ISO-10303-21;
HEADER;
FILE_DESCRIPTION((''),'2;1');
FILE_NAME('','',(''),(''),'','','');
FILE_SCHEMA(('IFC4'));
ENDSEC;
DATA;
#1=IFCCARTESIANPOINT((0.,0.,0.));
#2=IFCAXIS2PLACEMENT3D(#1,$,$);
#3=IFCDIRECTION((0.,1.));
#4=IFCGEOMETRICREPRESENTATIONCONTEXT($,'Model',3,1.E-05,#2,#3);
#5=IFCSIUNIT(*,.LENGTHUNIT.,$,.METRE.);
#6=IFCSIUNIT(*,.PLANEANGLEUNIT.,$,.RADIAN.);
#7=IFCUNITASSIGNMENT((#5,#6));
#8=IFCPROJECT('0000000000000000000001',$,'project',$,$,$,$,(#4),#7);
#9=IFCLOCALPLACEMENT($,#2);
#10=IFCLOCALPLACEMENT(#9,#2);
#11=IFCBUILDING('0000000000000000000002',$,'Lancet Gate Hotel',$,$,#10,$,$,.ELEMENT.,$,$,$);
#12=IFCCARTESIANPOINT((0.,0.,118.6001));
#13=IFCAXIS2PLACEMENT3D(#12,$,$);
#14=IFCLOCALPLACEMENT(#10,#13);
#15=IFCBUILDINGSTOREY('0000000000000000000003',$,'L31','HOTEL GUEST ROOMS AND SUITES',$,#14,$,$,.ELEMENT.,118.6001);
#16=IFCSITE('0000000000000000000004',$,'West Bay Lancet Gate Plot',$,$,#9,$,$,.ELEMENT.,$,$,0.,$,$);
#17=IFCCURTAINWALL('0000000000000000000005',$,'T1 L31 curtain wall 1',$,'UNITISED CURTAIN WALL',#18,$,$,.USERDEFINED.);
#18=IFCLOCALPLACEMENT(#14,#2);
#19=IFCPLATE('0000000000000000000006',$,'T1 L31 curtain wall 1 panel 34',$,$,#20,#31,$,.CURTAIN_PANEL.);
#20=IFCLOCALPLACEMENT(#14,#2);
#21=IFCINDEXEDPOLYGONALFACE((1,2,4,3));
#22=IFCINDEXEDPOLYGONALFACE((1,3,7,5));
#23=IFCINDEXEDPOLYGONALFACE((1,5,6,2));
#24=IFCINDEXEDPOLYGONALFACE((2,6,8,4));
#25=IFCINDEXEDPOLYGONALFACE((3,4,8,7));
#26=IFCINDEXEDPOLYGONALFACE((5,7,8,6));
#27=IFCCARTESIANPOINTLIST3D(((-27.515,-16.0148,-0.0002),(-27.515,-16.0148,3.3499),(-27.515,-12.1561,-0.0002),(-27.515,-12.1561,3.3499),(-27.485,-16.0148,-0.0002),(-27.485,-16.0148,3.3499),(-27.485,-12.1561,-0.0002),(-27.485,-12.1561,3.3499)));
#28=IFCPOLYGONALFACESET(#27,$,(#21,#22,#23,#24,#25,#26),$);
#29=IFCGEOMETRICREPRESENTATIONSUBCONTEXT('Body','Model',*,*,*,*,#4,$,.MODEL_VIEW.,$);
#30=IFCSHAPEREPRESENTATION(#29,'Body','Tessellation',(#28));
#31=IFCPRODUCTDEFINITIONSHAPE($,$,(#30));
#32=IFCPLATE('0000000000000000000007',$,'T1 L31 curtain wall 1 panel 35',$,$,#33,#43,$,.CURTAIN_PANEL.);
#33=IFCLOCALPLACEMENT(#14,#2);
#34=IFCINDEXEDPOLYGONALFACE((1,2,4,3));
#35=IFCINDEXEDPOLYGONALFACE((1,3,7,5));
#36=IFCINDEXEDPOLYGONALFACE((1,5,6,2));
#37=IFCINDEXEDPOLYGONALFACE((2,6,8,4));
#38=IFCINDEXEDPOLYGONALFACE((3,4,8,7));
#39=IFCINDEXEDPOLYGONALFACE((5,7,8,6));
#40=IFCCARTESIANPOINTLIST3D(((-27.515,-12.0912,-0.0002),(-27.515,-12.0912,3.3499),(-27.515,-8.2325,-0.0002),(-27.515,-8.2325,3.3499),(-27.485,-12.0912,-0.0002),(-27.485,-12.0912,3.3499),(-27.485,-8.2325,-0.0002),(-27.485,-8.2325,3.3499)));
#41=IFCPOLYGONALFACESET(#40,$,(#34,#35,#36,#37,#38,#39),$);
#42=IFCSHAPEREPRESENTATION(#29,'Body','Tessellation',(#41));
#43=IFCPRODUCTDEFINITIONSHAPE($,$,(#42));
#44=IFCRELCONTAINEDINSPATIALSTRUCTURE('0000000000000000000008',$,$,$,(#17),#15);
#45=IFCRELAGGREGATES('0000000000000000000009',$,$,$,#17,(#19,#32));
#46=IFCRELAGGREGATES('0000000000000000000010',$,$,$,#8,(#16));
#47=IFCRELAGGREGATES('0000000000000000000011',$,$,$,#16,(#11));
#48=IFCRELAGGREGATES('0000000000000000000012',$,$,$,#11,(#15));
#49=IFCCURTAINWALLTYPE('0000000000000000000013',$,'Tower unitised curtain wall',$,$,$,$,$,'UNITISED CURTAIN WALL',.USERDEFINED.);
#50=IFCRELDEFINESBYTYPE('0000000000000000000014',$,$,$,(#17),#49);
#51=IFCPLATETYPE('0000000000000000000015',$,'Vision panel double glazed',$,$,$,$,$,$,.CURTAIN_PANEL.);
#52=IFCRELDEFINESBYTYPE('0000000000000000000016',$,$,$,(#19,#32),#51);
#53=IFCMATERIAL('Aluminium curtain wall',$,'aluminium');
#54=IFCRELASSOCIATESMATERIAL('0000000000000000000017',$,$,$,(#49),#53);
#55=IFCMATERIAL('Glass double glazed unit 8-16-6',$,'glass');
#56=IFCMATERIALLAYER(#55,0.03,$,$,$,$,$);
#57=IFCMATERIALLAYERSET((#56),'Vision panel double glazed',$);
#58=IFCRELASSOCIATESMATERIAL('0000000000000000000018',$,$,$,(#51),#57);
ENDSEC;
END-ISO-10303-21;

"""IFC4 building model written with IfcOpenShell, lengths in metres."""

from ifc_helpers import new_model, si_unit, direction, frame, origin, origin_2d, place, context, subcontext, project, spatial, rectangle, extrude, material, layer, layer_set, type_object, element, aggregate, save


model = new_model("IFC4")

# Units and contexts
model_context = context("Model", 3, precision=1e-05, world=origin(), true_north=direction((0.0, 1.0)))
body_context = subcontext(model_context, "Body", "Model", "MODEL_VIEW")
ifc_project = project(units=[si_unit("LENGTHUNIT", "METRE"), si_unit("PLANEANGLEUNIT", "RADIAN")], contexts=[model_context])

# Site, building, storey
site_placement = place(None, origin())
site = spatial("IfcSite", under=ifc_project, at=site_placement, Name="West Bay Lancet Gate Plot", CompositionType="ELEMENT", RefElevation=0.0)
building_placement = place(site_placement, origin())
building = spatial("IfcBuilding", under=site, at=building_placement, Name="Lancet Gate Hotel", CompositionType="ELEMENT")
storey_placement = place(building_placement, frame((0.0, 0.0, 118.6001)))
storey = spatial("IfcBuildingStorey", under=building, at=storey_placement, Name="L31", Description="HOTEL GUEST ROOMS AND SUITES", CompositionType="ELEMENT", Elevation=118.6001)

# Curtain wall
ifc_material_1 = material(Name="Aluminium curtain wall", Category="aluminium")
curtain_wall_type = type_object("IfcCurtainWallType", Name="Tower unitised curtain wall", ElementType="UNITISED CURTAIN WALL", PredefinedType="USERDEFINED", material=ifc_material_1)
curtain_wall_placement = place(storey_placement, origin())
curtain_wall = element("IfcCurtainWall", 1, at=curtain_wall_placement, inside=storey, type_object=curtain_wall_type, Name="T1 L31 curtain wall 1", ObjectType="UNITISED CURTAIN WALL", PredefinedType="USERDEFINED")

# Plates
ifc_material_2 = material(Name="Glass double glazed unit 8-16-6", Category="glass")
ifc_layer = layer(ifc_material_2, 0.03)
ifc_layer_set = layer_set([ifc_layer], Name="Vision panel double glazed")
plate_type = type_object("IfcPlateType", Name="Vision panel double glazed", PredefinedType="CURTAIN_PANEL", material=ifc_layer_set)
plate_1_placement = place(storey_placement, frame((-27.5, -14.0854, -0.0002), z_axis=(0.0, 0.0, 1.0), x_axis=(0.0, 1.0, 0.0)))
plate_1 = element("IfcPlate", 2, at=plate_1_placement, type_object=plate_type, Name="T1 L31 curtain wall 1 panel 34", PredefinedType="CURTAIN_PANEL", context=body_context, shape_type="SweptSolid", body=[
    extrude(rectangle(XDim=3.8586, YDim=0.03, at=origin_2d()), origin(), (0.0, 0.0, 1.0), 3.3501),
])
plate_2_placement = place(storey_placement, frame((-27.5, -10.1619, -0.0002), z_axis=(0.0, 0.0, 1.0), x_axis=(0.0, 1.0, 0.0)))
plate_2 = element("IfcPlate", 3, at=plate_2_placement, type_object=plate_type, Name="T1 L31 curtain wall 1 panel 35", PredefinedType="CURTAIN_PANEL", context=body_context, shape_type="SweptSolid", body=[
    extrude(rectangle(XDim=3.8586, YDim=0.03, at=origin_2d()), origin(), (0.0, 0.0, 1.0), 3.3501),
])
aggregate(curtain_wall, [plate_1, plate_2])

save(model, "model.ifc")
